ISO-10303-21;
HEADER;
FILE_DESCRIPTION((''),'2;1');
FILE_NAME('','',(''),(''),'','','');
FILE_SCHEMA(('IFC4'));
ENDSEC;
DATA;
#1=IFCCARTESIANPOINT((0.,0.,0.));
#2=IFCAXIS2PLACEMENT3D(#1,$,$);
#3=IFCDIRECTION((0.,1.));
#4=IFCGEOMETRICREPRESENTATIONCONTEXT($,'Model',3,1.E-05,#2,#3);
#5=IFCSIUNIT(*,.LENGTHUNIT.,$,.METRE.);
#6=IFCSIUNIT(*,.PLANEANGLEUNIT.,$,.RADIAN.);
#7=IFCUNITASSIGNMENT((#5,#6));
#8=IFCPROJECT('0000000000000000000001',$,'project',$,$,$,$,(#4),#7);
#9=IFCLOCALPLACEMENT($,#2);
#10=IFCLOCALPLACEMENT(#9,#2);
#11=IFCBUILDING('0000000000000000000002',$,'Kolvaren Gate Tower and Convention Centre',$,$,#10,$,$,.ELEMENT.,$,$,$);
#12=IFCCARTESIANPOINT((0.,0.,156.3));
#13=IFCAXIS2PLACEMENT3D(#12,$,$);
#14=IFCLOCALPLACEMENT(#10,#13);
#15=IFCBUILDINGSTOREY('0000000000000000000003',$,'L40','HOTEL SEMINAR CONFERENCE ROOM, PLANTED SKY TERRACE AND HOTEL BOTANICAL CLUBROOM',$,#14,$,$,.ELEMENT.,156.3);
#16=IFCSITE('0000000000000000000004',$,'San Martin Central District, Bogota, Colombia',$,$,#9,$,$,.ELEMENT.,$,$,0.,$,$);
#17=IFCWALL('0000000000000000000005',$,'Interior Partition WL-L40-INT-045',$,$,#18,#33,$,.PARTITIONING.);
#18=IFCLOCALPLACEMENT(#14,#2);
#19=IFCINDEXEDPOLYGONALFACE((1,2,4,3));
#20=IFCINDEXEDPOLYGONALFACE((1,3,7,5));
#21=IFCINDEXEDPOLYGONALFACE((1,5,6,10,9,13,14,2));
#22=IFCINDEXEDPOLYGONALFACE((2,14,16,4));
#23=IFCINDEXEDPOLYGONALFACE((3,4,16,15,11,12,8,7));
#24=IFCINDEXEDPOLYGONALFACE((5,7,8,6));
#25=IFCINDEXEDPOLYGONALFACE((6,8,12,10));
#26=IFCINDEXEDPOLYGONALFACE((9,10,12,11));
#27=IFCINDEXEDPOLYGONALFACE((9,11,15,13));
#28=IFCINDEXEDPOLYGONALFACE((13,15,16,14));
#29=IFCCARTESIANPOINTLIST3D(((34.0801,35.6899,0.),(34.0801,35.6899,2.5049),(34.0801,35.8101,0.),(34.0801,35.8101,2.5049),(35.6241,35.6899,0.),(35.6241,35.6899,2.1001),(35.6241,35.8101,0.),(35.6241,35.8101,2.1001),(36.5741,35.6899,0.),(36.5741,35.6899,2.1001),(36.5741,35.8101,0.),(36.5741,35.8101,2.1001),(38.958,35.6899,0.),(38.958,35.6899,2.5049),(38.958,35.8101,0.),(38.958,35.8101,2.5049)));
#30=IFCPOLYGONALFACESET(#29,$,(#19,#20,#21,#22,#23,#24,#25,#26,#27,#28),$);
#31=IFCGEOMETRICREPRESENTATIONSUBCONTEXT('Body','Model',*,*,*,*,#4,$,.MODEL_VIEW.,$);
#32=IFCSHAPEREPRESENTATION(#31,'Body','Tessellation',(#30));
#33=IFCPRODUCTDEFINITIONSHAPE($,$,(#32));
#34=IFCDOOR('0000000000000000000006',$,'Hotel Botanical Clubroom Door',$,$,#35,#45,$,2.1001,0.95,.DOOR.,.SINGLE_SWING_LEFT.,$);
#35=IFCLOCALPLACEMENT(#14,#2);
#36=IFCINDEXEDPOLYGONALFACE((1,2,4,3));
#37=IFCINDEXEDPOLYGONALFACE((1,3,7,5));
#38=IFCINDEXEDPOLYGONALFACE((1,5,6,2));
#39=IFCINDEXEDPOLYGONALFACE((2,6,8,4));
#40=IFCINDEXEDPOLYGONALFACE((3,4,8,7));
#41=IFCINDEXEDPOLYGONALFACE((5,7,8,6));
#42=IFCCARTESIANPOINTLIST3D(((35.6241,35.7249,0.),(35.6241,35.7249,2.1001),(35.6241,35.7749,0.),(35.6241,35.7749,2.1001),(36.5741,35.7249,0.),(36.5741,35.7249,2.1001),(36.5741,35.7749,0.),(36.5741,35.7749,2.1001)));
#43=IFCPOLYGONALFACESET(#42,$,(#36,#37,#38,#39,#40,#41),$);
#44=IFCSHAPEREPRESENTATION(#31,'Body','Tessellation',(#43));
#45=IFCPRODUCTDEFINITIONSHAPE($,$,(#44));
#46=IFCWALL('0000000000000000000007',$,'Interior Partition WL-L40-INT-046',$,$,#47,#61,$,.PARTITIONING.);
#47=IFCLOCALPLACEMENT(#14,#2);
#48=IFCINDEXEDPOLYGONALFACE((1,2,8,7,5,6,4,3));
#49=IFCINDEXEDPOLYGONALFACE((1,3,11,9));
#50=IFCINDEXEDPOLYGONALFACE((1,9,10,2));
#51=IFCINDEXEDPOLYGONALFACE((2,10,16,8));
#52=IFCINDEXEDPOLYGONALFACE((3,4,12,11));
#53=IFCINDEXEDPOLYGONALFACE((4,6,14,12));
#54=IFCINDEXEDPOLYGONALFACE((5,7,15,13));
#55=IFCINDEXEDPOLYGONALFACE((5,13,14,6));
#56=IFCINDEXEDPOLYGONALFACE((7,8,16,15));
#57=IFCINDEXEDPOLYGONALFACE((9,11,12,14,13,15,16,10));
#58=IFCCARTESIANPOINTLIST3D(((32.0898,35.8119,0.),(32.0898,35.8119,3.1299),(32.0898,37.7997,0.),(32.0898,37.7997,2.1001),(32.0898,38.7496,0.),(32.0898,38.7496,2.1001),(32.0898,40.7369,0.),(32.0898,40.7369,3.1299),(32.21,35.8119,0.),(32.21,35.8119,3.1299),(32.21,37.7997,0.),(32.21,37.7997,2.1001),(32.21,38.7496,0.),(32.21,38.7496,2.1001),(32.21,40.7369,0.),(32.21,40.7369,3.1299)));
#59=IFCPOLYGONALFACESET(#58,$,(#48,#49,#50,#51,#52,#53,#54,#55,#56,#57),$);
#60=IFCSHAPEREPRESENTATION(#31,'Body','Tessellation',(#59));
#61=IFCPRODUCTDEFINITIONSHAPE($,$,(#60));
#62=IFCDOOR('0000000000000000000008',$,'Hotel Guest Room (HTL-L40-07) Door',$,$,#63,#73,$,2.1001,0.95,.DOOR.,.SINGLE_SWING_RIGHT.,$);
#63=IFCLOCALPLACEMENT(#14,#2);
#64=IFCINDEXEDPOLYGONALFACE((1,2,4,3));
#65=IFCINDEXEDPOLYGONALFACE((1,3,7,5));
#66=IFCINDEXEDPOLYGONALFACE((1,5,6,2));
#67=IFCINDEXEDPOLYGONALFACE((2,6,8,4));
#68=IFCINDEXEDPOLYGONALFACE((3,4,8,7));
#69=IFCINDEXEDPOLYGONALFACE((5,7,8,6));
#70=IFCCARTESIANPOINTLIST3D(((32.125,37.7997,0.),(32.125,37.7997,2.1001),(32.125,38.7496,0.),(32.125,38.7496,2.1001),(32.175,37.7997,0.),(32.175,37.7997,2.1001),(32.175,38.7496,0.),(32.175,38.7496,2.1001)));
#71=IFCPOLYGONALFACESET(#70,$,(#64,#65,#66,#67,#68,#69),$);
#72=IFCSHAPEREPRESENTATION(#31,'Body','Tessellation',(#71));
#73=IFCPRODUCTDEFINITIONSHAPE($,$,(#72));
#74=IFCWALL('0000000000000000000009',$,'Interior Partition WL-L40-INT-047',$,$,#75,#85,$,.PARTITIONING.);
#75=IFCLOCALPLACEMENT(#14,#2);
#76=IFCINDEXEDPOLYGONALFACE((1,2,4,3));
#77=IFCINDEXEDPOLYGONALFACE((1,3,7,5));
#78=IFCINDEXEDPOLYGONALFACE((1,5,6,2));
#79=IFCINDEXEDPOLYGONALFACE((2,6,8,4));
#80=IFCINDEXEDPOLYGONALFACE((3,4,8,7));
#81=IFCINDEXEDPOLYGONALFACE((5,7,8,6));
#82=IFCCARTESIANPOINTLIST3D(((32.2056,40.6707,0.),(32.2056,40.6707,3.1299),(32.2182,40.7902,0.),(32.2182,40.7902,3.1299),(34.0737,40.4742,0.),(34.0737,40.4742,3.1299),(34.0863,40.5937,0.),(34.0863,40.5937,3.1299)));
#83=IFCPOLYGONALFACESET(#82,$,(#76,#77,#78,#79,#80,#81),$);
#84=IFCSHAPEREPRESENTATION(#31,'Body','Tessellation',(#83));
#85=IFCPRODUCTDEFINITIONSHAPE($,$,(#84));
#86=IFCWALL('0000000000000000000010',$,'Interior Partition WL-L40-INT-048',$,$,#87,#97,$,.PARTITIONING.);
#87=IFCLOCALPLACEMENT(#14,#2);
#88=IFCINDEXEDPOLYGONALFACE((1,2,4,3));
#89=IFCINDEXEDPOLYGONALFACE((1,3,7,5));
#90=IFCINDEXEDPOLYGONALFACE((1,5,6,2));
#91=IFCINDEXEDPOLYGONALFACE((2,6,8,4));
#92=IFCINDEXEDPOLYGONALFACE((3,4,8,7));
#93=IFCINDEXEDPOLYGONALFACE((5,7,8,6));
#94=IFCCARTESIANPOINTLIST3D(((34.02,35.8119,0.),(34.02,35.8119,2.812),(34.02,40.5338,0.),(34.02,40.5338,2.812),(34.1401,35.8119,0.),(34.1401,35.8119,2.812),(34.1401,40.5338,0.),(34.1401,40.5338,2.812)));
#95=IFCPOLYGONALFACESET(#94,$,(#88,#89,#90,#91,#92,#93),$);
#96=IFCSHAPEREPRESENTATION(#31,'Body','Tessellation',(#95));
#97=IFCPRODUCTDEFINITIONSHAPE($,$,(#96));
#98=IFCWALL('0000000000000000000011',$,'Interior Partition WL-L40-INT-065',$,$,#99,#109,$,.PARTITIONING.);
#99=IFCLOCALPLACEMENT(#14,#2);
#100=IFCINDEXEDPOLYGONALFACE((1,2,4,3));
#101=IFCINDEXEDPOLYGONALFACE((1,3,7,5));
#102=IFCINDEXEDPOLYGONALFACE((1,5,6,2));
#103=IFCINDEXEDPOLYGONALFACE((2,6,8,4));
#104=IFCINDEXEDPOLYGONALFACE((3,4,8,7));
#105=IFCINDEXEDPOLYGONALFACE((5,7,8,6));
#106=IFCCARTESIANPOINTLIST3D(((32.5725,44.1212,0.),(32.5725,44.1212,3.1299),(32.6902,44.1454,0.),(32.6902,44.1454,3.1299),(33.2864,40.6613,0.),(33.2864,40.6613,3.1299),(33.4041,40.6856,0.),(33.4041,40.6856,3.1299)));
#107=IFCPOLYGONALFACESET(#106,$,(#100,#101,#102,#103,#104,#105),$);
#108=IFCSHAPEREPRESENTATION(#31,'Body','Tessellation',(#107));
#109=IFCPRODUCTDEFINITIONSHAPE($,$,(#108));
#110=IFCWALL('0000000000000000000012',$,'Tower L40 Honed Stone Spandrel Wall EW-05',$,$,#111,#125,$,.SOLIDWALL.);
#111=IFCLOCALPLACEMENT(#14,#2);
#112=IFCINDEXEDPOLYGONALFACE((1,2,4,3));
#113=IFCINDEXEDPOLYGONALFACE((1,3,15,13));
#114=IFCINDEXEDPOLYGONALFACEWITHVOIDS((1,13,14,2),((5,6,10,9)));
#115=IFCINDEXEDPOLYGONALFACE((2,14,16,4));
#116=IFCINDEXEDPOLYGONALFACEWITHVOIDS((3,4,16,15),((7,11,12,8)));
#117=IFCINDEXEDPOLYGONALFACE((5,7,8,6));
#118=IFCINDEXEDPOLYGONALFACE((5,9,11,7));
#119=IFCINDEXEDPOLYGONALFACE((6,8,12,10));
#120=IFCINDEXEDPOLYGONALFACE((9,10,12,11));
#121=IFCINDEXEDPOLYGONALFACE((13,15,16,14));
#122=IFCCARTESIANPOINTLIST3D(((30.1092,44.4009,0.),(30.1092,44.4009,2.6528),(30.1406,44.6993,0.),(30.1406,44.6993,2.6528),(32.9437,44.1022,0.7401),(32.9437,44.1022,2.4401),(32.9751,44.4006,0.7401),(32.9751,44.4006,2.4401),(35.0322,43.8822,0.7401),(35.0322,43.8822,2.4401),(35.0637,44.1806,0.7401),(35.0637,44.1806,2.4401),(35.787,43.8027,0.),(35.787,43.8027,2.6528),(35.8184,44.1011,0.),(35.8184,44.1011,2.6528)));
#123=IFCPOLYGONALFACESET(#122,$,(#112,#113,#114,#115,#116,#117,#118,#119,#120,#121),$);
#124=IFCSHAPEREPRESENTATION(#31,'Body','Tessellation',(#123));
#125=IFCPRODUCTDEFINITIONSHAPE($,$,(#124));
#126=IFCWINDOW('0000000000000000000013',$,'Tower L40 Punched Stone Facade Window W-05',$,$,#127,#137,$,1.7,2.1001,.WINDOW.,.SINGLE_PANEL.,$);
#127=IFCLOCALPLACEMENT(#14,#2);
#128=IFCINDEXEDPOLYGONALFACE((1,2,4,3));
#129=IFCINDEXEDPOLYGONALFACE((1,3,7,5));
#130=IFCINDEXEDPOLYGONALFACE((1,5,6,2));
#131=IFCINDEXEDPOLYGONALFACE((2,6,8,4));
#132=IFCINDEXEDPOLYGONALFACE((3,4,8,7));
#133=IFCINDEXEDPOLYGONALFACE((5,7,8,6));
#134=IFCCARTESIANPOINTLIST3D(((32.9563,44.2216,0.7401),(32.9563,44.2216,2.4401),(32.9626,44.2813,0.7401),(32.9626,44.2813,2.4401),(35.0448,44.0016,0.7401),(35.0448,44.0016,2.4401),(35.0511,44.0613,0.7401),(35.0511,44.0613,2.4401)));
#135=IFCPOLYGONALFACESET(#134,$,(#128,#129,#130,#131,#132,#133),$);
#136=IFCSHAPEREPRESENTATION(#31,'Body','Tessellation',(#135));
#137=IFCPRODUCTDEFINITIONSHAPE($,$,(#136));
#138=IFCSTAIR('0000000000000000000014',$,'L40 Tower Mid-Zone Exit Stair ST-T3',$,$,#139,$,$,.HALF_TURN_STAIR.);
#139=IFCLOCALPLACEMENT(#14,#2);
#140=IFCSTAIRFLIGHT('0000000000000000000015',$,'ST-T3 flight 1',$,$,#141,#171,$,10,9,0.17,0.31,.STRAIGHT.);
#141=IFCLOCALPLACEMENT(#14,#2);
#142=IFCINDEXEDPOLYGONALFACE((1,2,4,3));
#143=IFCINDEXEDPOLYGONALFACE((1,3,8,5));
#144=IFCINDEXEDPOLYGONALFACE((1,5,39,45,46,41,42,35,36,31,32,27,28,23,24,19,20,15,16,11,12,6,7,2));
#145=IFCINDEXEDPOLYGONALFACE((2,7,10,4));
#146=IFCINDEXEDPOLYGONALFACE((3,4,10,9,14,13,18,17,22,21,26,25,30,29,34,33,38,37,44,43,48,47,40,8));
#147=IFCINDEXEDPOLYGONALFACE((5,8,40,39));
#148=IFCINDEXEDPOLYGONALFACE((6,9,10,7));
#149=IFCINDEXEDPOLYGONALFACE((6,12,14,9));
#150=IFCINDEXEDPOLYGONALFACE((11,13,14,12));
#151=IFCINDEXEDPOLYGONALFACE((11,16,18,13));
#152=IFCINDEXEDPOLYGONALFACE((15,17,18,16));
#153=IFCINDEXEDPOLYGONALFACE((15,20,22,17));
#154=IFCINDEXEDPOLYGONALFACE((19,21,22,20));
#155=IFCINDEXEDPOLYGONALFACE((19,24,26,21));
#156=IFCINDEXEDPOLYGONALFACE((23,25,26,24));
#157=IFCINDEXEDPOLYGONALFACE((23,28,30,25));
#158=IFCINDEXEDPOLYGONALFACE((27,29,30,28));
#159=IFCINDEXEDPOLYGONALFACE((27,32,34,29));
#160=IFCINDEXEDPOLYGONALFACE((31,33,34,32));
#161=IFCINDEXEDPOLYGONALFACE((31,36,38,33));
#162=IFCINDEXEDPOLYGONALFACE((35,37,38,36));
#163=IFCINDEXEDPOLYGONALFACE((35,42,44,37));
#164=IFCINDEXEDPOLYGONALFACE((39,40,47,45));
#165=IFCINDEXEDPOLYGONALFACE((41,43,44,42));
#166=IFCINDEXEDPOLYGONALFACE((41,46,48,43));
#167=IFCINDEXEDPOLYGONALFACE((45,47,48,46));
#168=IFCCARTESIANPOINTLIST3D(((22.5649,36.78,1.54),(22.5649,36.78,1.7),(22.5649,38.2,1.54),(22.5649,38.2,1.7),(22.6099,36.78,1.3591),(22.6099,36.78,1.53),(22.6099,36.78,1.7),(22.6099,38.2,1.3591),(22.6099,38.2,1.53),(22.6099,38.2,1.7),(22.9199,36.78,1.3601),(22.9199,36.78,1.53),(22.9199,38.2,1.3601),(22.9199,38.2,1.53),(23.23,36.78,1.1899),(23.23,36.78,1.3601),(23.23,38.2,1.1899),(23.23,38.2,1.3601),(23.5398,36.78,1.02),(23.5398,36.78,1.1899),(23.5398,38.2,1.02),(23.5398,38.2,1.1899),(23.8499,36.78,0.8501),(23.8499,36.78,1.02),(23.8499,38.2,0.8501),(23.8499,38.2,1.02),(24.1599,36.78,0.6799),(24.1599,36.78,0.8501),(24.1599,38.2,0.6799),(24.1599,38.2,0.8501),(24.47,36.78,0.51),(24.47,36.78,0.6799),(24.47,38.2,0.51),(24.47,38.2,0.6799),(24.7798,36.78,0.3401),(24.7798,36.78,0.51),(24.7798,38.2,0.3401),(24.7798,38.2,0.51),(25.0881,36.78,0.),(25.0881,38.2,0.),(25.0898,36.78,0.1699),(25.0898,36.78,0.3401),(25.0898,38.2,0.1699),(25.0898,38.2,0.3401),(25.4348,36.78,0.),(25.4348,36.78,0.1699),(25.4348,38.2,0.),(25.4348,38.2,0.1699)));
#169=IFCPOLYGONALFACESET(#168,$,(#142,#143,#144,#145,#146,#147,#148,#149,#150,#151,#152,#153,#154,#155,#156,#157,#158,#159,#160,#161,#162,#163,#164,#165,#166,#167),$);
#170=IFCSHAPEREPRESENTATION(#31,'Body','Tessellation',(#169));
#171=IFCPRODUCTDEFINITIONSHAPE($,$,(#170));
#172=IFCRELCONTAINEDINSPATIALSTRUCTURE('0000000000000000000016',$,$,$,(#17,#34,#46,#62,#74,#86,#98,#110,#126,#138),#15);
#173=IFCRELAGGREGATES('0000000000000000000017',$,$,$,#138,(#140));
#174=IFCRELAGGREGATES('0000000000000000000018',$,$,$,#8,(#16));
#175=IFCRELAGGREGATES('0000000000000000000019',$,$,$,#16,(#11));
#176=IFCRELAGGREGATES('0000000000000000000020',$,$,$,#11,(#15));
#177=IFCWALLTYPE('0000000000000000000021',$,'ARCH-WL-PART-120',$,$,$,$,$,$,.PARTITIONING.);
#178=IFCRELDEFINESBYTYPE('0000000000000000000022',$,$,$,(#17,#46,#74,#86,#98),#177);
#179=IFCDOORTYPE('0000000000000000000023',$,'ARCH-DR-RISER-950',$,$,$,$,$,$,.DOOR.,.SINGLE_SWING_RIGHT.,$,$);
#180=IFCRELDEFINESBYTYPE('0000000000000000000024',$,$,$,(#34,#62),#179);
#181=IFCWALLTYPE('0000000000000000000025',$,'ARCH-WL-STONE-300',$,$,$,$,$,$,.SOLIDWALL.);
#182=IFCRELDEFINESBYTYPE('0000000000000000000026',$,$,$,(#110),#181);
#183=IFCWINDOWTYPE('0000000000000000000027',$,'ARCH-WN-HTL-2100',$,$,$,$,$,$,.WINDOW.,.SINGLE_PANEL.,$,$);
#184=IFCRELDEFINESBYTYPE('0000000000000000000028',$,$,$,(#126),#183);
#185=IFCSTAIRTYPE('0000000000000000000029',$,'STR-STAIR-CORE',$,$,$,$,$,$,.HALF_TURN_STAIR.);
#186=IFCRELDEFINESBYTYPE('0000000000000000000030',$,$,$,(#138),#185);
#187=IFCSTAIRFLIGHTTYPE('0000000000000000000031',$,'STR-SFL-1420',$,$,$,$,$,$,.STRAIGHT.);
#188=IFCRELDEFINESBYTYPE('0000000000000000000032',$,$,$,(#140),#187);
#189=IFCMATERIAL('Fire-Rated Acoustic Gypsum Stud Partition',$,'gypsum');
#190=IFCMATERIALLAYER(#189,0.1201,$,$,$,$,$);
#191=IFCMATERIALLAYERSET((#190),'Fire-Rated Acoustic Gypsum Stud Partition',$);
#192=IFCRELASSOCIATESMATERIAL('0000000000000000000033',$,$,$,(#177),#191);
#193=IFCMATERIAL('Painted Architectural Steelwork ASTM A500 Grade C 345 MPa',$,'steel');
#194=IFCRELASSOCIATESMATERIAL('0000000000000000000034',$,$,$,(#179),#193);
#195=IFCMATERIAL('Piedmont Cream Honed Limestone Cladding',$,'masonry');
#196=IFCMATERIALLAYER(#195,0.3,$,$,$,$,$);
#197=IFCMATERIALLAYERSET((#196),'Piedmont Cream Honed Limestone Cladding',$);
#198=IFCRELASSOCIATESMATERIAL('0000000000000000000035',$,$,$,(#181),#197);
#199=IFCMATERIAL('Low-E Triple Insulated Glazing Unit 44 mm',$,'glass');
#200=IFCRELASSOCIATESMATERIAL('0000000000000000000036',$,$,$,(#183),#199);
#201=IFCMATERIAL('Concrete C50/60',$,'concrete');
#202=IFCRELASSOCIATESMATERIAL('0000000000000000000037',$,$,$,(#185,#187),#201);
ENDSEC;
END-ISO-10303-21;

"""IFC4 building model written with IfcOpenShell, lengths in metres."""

from ifc_helpers import new_model, si_unit, direction, frame, frame_2d, origin, place, context, subcontext, project, spatial, polyline, rectangle, outline, extrude, material, layer, layer_set, type_object, element, fill, aggregate, save


model = new_model("IFC4")

# Units and contexts
model_context = context("Model", 3, precision=1e-05, world=origin(), true_north=direction((0.0, 1.0)))
body_context = subcontext(model_context, "Body", "Model", "MODEL_VIEW")
ifc_project = project(units=[si_unit("LENGTHUNIT", "METRE"), si_unit("PLANEANGLEUNIT", "RADIAN")], contexts=[model_context])

# Site, building, storey
site_placement = place(None, origin())
site = spatial("IfcSite", under=ifc_project, at=site_placement, Name="San Martin Central District, Bogota, Colombia", CompositionType="ELEMENT", RefElevation=0.0)
building_placement = place(site_placement, origin())
building = spatial("IfcBuilding", under=site, at=building_placement, Name="Kolvaren Gate Tower and Convention Centre", CompositionType="ELEMENT")
storey_placement = place(building_placement, frame((0.0, 0.0, 156.3)))
storey = spatial("IfcBuildingStorey", under=building, at=storey_placement, Name="L40", Description="HOTEL SEMINAR CONFERENCE ROOM, PLANTED SKY TERRACE AND HOTEL BOTANICAL CLUBROOM", CompositionType="ELEMENT", Elevation=156.3)

# Shared definitions
ifc_material_1 = material(Name="Fire-Rated Acoustic Gypsum Stud Partition", Category="gypsum")
ifc_layer_1 = layer(ifc_material_1, 0.1201)
ifc_layer_set_1 = layer_set([ifc_layer_1], Name="Fire-Rated Acoustic Gypsum Stud Partition")
wall_type_1 = type_object("IfcWallType", Name="ARCH-WL-PART-120", PredefinedType="PARTITIONING", material=ifc_layer_set_1)

# Walls, openings, doors
wall_1_placement = place(storey_placement, frame((34.0801, 35.75, 0.0), z_axis=(0.0, 0.0, 1.0), x_axis=(1.0, 0.0, 0.0)))
wall_1 = element("IfcWall", 1, at=wall_1_placement, inside=storey, type_object=wall_type_1, Name="Interior Partition WL-L40-INT-045", PredefinedType="PARTITIONING", context=body_context, shape_type="SweptSolid", body=[
    extrude(rectangle(XDim=4.8779, YDim=0.1201, at=frame_2d((2.439, 0.0))), origin(), (0.0, 0.0, 1.0), 2.5049),
])
opening_1_placement = place(wall_1_placement, frame((1.5439, 0.0, 0.0)))
opening_1 = element("IfcOpeningElement", 2, at=opening_1_placement, cuts=wall_1, PredefinedType="OPENING", context=body_context, shape_type="SweptSolid", body=[
    extrude(rectangle(XDim=0.95, YDim=2.1001, at=frame_2d((0.4751, 1.05))), frame((0.0, 0.0701, 0.0), z_axis=(0.0, -1.0, 0.0), x_axis=(1.0, 0.0, 0.0)), (0.0, 0.0, 1.0), 0.1401),
])
ifc_material_2 = material(Name="Painted Architectural Steelwork ASTM A500 Grade C 345 MPa", Category="steel")
door_type = type_object("IfcDoorType", Name="ARCH-DR-RISER-950", OperationType="SINGLE_SWING_RIGHT", PredefinedType="DOOR", material=ifc_material_2)
door_1_placement = place(opening_1_placement, origin())
door_1 = element("IfcDoor", 3, at=door_1_placement, inside=storey, type_object=door_type, Name="Hotel Botanical Clubroom Door", OperationType="SINGLE_SWING_LEFT", OverallHeight=2.1001, OverallWidth=0.95, PredefinedType="DOOR", context=body_context, shape_type="SweptSolid", body=[
    extrude(rectangle(XDim=0.95, YDim=2.1001, at=frame_2d((0.4751, 1.05))), frame((0.0, 0.0249, 0.0), z_axis=(0.0, -1.0, 0.0), x_axis=(1.0, 0.0, 0.0)), (0.0, 0.0, 1.0), 0.05),
])
fill(opening_1, door_1)
wall_2_placement = place(storey_placement, frame((32.1499, 35.812, 0.0), z_axis=(0.0, 0.0, 1.0), x_axis=(0.0, 1.0, 0.0)))
wall_2 = element("IfcWall", 4, at=wall_2_placement, inside=storey, type_object=wall_type_1, Name="Interior Partition WL-L40-INT-046", PredefinedType="PARTITIONING", context=body_context, shape_type="SweptSolid", body=[
    extrude(rectangle(XDim=4.925, YDim=0.1201, at=frame_2d((2.4624, 0.0))), origin(), (0.0, 0.0, 1.0), 3.1299),
])
opening_2_placement = place(wall_2_placement, frame((1.9875, 0.0, 0.0)))
opening_2 = element("IfcOpeningElement", 5, at=opening_2_placement, cuts=wall_2, PredefinedType="OPENING", context=body_context, shape_type="SweptSolid", body=[
    extrude(rectangle(XDim=0.95, YDim=2.1001, at=frame_2d((0.4751, 1.05))), frame((0.0, 0.0701, 0.0), z_axis=(0.0, -1.0, 0.0), x_axis=(1.0, 0.0, 0.0)), (0.0, 0.0, 1.0), 0.1401),
])
door_2_placement = place(opening_2_placement, origin())
door_2 = element("IfcDoor", 6, at=door_2_placement, inside=storey, type_object=door_type, Name="Hotel Guest Room (HTL-L40-07) Door", OperationType="SINGLE_SWING_RIGHT", OverallHeight=2.1001, OverallWidth=0.95, PredefinedType="DOOR", context=body_context, shape_type="SweptSolid", body=[
    extrude(rectangle(XDim=0.95, YDim=2.1001, at=frame_2d((0.4751, 1.05))), frame((0.0, 0.0249, 0.0), z_axis=(0.0, -1.0, 0.0), x_axis=(1.0, 0.0, 0.0)), (0.0, 0.0, 1.0), 0.05),
])
fill(opening_2, door_2)

# Walls
wall_3_placement = place(storey_placement, frame((32.2119, 40.7305, 0.0), z_axis=(0.0, 0.0, 1.0), x_axis=(0.994512, -0.104624, 0.0)))
element("IfcWall", 7, at=wall_3_placement, inside=storey, type_object=wall_type_1, Name="Interior Partition WL-L40-INT-047", PredefinedType="PARTITIONING", context=body_context, shape_type="SweptSolid", body=[
    extrude(rectangle(XDim=1.8784, YDim=0.1201, at=frame_2d((0.9392, 0.0))), origin(), (0.0, 0.0, 1.0), 3.1299),
])
wall_4_placement = place(storey_placement, frame((34.0801, 35.812, 0.0), z_axis=(0.0, 0.0, 1.0), x_axis=(0.0, 1.0, 0.0)))
element("IfcWall", 8, at=wall_4_placement, inside=storey, type_object=wall_type_1, Name="Interior Partition WL-L40-INT-048", PredefinedType="PARTITIONING", context=body_context, shape_type="SweptSolid", body=[
    extrude(rectangle(XDim=4.7219, YDim=0.1201, at=frame_2d((2.3608, 0.0))), origin(), (0.0, 0.0, 1.0), 2.812),
])
wall_5_placement = place(storey_placement, frame((32.6313, 44.1333, 0.0), z_axis=(0.0, 0.0, 1.0), x_axis=(0.20208, -0.979369, 0.0)))
element("IfcWall", 9, at=wall_5_placement, inside=storey, type_object=wall_type_1, Name="Interior Partition WL-L40-INT-065", PredefinedType="PARTITIONING", context=body_context, shape_type="SweptSolid", body=[
    extrude(rectangle(XDim=3.5327, YDim=0.1201, at=frame_2d((1.7664, 0.0))), origin(), (0.0, 0.0, 1.0), 3.1299),
])

# Wall, opening, window
ifc_material_3 = material(Name="Piedmont Cream Honed Limestone Cladding", Category="masonry")
ifc_layer_2 = layer(ifc_material_3, 0.3)
ifc_layer_set_2 = layer_set([ifc_layer_2], Name="Piedmont Cream Honed Limestone Cladding")
wall_type_2 = type_object("IfcWallType", Name="ARCH-WL-STONE-300", PredefinedType="SOLIDWALL", material=ifc_layer_set_2)
wall_6_placement = place(storey_placement, frame((30.125, 44.55, 0.0), z_axis=(0.0, 0.0, 1.0), x_axis=(0.994497, -0.104769, 0.0)))
wall_6 = element("IfcWall", 10, at=wall_6_placement, inside=storey, type_object=wall_type_2, Name="Tower L40 Honed Stone Spandrel Wall EW-05", PredefinedType="SOLIDWALL", context=body_context, shape_type="SweptSolid", body=[
    extrude(rectangle(XDim=5.7092, YDim=0.3, at=frame_2d((2.8545, 0.0))), origin(), (0.0, 0.0, 1.0), 2.6528),
])
opening_3_placement = place(wall_6_placement, frame((2.8501, 0.0, 0.74)))
opening_3 = element("IfcOpeningElement", 11, at=opening_3_placement, cuts=wall_6, PredefinedType="OPENING", context=body_context, shape_type="SweptSolid", body=[
    extrude(rectangle(XDim=2.1001, YDim=1.7, at=frame_2d((1.05, 0.8501))), frame((0.0, 0.1599, 0.0), z_axis=(0.0, -1.0, 0.0), x_axis=(1.0, 0.0, 0.0)), (0.0, 0.0, 1.0), 0.3201),
])
ifc_material_4 = material(Name="Low-E Triple Insulated Glazing Unit 44 mm", Category="glass")
window_type = type_object("IfcWindowType", Name="ARCH-WN-HTL-2100", PartitioningType="SINGLE_PANEL", PredefinedType="WINDOW", material=ifc_material_4)
window_placement = place(opening_3_placement, origin())
window = element("IfcWindow", 12, at=window_placement, inside=storey, type_object=window_type, Name="Tower L40 Punched Stone Facade Window W-05", OverallHeight=1.7, OverallWidth=2.1001, PartitioningType="SINGLE_PANEL", PredefinedType="WINDOW", context=body_context, shape_type="SweptSolid", body=[
    extrude(rectangle(XDim=2.1001, YDim=1.7, at=frame_2d((1.05, 0.8501))), frame((0.0, 0.03, 0.0), z_axis=(0.0, -1.0, 0.0), x_axis=(1.0, 0.0, 0.0)), (0.0, 0.0, 1.0), 0.0601),
])
fill(opening_3, window)

# Stair, stair flight
ifc_material_5 = material(Name="Concrete C50/60", Category="concrete")
stair_type = type_object("IfcStairType", Name="STR-STAIR-CORE", PredefinedType="HALF_TURN_STAIR", material=ifc_material_5)
stair_placement = place(storey_placement, origin())
stair = element("IfcStair", 13, at=stair_placement, inside=storey, type_object=stair_type, Name="L40 Tower Mid-Zone Exit Stair ST-T3", PredefinedType="HALF_TURN_STAIR")
stair_flight_type = type_object("IfcStairFlightType", Name="STR-SFL-1420", PredefinedType="STRAIGHT", material=ifc_material_5)
stair_flight_placement = place(storey_placement, frame((25.3999, 37.49, 0.0), z_axis=(0.0, 0.0, 1.0), x_axis=(-1.0, 0.0, 0.0)))
stair_flight = element("IfcStairFlight", 14, at=stair_flight_placement, type_object=stair_flight_type, Name="ST-T3 flight 1", NumberOfRisers=10, NumberOfTreads=9, PredefinedType="STRAIGHT", RiserHeight=0.17, TreadLength=0.31, context=body_context, shape_type="SweptSolid", body=[
    extrude(outline(polyline([(-0.0349, 0.0), (-0.0349, 0.1699), (0.3101, 0.1699), (0.3101, 0.3401), (0.6201, 0.3401), (0.6201, 0.51), (0.9299, 0.51), (0.9299, 0.6799), (1.24, 0.6799), (1.24, 0.8501), (1.55, 0.8501), (1.55, 1.02), (1.8601, 1.02), (1.8601, 1.1899), (2.1699, 1.1899), (2.1699, 1.3601), (2.48, 1.3601), (2.48, 1.53), (2.79, 1.53), (2.79, 1.7), (2.835, 1.7), (2.835, 1.54), (2.79, 1.3591), (0.3118, 0.0), (-0.0349, 0.0)])), frame((0.0, 0.71, 0.0), z_axis=(0.0, -1.0, 0.0), x_axis=(1.0, 0.0, 0.0)), (0.0, 0.0, 1.0), 1.4199),
])
aggregate(stair, [stair_flight])

save(model, "model.ifc")
